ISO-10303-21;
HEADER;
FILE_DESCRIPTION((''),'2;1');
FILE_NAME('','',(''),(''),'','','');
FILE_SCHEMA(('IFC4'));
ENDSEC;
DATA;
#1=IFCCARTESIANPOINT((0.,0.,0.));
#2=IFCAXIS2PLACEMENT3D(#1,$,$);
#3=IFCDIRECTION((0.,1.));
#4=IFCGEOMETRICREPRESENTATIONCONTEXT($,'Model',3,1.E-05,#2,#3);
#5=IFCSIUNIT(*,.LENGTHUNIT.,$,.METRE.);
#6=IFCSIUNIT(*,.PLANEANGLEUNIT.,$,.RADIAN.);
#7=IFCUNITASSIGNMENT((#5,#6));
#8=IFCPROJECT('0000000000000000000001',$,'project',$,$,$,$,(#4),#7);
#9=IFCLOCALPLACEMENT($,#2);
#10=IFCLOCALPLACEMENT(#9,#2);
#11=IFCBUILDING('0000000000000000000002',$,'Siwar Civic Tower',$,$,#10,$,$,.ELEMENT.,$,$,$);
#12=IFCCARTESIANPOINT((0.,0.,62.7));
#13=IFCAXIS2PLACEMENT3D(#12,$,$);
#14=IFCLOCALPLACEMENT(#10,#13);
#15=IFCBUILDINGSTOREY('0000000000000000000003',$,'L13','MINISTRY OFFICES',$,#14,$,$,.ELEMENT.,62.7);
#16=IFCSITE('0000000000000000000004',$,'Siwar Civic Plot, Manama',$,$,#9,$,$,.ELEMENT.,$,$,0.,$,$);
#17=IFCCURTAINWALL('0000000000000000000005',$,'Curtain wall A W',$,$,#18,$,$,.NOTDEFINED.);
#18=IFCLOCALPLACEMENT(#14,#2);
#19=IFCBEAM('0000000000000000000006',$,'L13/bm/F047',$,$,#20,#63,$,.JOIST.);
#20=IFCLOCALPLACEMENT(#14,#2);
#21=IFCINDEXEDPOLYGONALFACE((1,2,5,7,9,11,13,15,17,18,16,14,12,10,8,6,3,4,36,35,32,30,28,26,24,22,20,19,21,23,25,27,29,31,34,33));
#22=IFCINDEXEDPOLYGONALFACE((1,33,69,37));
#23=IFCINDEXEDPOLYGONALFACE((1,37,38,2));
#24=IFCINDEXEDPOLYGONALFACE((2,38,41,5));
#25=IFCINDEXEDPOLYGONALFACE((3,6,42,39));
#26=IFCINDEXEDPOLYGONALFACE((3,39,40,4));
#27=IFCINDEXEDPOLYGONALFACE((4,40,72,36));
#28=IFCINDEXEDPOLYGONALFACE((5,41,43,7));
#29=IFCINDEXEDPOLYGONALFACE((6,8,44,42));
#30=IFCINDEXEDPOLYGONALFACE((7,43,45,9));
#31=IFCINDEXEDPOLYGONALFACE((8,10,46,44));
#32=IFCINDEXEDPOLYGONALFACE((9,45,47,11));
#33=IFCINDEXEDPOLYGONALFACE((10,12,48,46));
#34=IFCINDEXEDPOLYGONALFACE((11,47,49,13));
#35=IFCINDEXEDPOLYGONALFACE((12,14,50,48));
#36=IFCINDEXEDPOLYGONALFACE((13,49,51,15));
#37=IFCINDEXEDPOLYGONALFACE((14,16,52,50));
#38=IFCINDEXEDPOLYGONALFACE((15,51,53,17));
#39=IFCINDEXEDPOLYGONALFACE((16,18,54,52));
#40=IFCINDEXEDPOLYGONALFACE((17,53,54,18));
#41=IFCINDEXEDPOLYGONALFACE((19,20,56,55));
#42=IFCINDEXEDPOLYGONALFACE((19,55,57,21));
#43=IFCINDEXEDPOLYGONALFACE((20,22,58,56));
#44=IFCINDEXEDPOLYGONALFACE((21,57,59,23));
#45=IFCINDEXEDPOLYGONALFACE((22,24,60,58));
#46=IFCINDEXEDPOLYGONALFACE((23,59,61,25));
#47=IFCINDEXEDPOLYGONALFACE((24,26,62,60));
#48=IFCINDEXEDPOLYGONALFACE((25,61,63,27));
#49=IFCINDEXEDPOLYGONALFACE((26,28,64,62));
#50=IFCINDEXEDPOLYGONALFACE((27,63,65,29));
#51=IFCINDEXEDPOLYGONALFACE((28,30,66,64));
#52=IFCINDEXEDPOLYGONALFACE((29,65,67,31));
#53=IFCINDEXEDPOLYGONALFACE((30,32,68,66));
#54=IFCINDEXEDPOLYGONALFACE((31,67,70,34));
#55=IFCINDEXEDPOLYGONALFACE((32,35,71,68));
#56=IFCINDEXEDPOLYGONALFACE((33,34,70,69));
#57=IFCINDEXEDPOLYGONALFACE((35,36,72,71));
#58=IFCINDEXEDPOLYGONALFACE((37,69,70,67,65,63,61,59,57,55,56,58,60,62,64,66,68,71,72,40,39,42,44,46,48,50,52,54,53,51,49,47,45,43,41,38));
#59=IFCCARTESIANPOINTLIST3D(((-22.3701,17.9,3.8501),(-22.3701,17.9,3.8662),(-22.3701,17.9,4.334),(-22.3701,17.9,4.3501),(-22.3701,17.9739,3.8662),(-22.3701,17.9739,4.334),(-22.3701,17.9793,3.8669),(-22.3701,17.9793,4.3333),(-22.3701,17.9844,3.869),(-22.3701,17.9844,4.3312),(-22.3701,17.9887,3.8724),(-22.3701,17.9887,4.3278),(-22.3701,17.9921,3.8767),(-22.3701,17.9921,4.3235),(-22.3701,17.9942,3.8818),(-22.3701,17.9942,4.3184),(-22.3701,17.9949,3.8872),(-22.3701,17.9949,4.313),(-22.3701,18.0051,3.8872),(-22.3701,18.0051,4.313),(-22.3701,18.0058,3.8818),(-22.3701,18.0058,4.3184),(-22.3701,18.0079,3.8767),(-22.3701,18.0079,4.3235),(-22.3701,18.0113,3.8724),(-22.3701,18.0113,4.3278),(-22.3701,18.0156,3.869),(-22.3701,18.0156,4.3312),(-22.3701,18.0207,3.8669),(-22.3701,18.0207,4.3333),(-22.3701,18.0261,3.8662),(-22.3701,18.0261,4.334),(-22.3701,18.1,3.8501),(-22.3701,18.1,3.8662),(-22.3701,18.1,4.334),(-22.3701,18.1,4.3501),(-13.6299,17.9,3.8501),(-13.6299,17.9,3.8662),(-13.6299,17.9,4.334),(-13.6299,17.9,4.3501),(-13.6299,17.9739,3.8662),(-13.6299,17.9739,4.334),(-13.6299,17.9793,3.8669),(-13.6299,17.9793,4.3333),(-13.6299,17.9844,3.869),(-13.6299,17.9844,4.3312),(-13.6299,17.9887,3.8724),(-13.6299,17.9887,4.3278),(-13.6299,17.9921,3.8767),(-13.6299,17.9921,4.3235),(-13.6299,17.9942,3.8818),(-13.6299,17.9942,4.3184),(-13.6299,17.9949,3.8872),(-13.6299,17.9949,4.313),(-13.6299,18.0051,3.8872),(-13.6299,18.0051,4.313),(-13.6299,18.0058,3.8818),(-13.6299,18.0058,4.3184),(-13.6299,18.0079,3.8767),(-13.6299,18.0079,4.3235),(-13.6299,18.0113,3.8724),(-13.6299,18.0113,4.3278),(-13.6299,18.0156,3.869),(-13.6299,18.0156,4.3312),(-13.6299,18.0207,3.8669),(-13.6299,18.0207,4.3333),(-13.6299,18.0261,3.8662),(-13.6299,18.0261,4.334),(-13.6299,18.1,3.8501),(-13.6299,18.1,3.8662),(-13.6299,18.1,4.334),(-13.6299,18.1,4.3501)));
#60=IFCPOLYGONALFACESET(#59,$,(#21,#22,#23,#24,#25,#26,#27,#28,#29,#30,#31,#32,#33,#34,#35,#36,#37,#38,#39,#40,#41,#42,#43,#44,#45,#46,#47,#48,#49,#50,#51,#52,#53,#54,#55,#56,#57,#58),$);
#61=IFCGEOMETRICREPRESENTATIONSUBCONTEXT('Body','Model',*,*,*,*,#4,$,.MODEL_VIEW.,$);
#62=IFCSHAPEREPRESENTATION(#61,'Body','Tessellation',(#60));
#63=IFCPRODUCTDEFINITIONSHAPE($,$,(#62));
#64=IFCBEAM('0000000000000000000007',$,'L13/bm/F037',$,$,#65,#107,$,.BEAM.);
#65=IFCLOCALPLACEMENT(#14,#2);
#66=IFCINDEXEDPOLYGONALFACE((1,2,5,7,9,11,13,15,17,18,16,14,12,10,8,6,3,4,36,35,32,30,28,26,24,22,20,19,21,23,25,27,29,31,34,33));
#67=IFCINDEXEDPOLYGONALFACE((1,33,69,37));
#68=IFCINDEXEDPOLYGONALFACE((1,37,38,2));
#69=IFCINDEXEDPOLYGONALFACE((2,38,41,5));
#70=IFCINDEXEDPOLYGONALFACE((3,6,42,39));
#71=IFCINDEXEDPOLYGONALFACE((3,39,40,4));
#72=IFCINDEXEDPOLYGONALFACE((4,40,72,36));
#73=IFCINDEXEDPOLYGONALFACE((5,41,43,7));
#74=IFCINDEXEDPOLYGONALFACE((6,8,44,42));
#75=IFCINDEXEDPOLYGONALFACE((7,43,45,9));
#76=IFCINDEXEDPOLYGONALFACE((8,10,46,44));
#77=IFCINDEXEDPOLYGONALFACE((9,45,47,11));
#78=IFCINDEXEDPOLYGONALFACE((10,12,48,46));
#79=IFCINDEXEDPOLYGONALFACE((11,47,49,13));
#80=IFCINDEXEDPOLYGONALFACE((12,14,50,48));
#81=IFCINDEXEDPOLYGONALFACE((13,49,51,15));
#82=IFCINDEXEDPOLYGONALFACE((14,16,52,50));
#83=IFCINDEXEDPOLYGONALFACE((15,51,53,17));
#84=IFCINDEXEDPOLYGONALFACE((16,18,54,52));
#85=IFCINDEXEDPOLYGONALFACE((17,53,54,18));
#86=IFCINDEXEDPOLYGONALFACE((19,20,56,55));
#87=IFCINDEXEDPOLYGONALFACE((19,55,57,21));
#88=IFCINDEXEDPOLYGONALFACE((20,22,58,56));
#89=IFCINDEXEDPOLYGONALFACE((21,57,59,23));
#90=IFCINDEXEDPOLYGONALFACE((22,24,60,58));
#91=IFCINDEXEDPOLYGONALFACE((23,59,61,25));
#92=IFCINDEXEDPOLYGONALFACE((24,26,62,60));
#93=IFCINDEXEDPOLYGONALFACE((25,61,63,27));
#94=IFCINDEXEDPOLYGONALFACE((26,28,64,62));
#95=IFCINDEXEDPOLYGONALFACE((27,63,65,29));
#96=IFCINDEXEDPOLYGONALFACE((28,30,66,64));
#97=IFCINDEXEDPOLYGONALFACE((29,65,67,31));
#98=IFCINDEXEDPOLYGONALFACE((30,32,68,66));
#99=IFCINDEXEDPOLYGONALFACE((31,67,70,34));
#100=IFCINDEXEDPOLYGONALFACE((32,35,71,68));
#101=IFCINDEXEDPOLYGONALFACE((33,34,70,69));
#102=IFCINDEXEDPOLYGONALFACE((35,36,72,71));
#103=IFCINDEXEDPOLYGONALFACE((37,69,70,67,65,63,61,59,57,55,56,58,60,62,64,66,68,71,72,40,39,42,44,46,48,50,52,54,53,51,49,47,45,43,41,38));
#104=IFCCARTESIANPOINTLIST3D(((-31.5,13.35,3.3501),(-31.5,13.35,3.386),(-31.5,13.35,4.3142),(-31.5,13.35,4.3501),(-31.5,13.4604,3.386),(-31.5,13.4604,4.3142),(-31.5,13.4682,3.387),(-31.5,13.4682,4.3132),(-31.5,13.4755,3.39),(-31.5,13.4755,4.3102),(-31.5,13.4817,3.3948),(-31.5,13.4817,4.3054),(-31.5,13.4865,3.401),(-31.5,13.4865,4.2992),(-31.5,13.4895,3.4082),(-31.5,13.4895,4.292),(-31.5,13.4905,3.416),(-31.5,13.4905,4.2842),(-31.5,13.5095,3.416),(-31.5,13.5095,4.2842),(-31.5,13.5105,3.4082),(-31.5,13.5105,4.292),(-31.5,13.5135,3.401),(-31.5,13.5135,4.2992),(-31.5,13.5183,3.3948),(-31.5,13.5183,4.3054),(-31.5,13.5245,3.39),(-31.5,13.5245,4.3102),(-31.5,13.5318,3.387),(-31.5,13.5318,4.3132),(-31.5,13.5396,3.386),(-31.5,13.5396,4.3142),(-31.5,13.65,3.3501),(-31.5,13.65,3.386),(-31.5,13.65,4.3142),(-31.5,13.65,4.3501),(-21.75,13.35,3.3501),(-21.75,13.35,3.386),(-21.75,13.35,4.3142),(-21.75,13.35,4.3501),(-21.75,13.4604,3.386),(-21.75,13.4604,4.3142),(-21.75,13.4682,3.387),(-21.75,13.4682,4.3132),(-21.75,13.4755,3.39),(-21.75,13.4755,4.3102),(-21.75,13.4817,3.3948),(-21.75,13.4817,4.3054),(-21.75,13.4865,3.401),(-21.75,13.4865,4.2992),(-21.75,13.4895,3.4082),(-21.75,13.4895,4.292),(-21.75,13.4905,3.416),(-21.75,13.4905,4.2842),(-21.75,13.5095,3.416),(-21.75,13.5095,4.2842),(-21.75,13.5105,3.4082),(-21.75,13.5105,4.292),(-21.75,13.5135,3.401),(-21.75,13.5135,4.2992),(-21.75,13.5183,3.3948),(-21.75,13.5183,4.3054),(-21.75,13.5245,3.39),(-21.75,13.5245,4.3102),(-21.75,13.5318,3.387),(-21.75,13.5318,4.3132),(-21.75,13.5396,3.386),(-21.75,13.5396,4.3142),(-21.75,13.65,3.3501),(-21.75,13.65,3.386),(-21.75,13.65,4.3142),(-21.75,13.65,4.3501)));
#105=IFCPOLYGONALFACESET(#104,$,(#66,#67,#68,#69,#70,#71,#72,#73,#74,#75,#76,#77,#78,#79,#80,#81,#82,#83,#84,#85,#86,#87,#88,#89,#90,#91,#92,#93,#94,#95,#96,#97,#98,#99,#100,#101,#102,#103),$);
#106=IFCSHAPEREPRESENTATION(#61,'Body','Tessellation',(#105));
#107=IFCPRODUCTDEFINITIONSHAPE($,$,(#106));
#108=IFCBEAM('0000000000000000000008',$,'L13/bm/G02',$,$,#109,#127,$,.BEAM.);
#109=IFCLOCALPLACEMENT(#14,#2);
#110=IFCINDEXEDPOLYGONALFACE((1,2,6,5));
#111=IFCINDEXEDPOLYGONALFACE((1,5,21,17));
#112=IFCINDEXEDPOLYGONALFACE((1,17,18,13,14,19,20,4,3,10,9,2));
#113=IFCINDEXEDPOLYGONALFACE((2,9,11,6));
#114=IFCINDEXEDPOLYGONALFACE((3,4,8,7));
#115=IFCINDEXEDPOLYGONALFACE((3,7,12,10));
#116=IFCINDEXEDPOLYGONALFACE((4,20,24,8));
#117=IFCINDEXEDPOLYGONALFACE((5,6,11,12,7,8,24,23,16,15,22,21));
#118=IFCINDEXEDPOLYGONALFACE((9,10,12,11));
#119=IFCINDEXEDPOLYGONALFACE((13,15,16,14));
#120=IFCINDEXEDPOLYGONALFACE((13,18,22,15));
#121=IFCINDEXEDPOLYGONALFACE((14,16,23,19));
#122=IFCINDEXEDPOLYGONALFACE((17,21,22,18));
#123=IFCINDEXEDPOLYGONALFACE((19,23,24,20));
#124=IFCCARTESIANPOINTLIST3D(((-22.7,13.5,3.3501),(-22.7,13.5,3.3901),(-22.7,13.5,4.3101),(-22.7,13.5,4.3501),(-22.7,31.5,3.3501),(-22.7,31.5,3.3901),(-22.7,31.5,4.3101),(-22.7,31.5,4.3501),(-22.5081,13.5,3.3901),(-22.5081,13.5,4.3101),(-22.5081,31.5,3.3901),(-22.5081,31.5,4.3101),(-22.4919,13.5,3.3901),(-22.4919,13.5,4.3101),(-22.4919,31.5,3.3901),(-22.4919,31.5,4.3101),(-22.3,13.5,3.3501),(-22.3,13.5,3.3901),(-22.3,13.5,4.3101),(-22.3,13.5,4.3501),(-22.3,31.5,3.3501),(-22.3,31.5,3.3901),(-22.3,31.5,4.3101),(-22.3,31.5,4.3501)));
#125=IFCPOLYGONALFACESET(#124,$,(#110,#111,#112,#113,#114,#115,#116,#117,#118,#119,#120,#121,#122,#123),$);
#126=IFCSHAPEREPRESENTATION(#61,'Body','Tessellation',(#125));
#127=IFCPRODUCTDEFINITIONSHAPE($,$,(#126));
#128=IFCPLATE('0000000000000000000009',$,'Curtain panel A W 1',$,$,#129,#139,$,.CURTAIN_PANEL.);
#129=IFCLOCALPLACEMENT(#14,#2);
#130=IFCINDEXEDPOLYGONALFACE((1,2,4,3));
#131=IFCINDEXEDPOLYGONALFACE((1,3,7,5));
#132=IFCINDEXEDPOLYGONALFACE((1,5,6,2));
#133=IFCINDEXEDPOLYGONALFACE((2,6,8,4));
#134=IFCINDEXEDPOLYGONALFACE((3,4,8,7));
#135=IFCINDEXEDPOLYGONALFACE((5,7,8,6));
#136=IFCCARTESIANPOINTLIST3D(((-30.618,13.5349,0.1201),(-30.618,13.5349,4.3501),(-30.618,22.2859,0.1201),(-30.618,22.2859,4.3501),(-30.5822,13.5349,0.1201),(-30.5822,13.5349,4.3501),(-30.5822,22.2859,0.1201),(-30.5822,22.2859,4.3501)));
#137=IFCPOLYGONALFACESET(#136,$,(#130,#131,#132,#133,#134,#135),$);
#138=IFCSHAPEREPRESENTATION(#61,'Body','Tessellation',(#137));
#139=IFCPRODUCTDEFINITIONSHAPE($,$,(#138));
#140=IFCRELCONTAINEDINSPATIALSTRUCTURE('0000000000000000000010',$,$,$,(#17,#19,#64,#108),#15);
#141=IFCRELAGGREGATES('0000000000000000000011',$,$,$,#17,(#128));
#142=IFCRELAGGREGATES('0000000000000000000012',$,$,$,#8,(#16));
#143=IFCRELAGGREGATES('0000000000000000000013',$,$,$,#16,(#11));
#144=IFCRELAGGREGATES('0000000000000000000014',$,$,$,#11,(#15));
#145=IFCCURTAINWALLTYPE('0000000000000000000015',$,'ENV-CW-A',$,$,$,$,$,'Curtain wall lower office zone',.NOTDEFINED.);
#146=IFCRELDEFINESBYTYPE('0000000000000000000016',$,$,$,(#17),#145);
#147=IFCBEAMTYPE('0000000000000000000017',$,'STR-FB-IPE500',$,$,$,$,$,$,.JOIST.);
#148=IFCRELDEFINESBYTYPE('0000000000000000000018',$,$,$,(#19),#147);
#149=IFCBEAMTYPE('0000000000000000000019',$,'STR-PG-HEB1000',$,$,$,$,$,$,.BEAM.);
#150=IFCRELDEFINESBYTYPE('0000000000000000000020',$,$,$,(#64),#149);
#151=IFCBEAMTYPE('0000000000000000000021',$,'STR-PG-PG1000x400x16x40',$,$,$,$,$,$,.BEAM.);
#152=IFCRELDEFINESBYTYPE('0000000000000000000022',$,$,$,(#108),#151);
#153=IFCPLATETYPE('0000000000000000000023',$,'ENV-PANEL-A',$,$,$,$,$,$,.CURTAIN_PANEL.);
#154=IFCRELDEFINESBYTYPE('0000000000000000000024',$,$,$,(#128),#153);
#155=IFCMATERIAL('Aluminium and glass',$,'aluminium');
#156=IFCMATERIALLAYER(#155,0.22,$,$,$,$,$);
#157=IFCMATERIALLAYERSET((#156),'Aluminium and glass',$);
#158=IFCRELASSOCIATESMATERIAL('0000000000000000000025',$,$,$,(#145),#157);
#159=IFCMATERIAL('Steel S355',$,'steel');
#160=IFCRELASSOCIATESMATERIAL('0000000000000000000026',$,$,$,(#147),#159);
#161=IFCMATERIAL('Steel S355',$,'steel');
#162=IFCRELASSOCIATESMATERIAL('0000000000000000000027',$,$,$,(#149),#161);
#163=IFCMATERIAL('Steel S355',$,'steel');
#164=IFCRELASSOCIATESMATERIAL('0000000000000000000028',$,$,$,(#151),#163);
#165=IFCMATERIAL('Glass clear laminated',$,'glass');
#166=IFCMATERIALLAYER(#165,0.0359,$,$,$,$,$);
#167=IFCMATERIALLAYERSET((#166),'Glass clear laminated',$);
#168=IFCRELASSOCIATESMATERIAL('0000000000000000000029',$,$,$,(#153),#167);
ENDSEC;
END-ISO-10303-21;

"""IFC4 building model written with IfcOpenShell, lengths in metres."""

from ifc_helpers import new_model, si_unit, direction, frame, origin, origin_2d, place, context, subcontext, project, spatial, rectangle, i_section, extrude, material, layer, layer_set, material_profile, profile_set, type_object, element, aggregate, save


model = new_model("IFC4")

# Units and contexts
model_context = context("Model", 3, precision=1e-05, world=origin(), true_north=direction((0.0, 1.0)))
body_context = subcontext(model_context, "Body", "Model", "MODEL_VIEW")
ifc_project = project(units=[si_unit("LENGTHUNIT", "METRE"), si_unit("PLANEANGLEUNIT", "RADIAN")], contexts=[model_context])

# Site, building, storey
site_placement = place(None, origin())
site = spatial("IfcSite", under=ifc_project, at=site_placement, Name="Siwar Civic Plot, Manama", CompositionType="ELEMENT", RefElevation=0.0)
building_placement = place(site_placement, origin())
building = spatial("IfcBuilding", under=site, at=building_placement, Name="Siwar Civic Tower", CompositionType="ELEMENT")
storey_placement = place(building_placement, frame((0.0, 0.0, 62.7)))
storey = spatial("IfcBuildingStorey", under=building, at=storey_placement, Name="L13", Description="MINISTRY OFFICES", CompositionType="ELEMENT", Elevation=62.7)

# Curtain wall
ifc_material_1 = material(Name="Aluminium and glass", Category="aluminium")
ifc_layer_1 = layer(ifc_material_1, 0.22)
ifc_layer_set_1 = layer_set([ifc_layer_1], Name="Aluminium and glass")
curtain_wall_type = type_object("IfcCurtainWallType", Name="ENV-CW-A", ElementType="Curtain wall lower office zone", PredefinedType="NOTDEFINED", material=ifc_layer_set_1)
curtain_wall_placement = place(storey_placement, origin())
curtain_wall = element("IfcCurtainWall", 1, at=curtain_wall_placement, inside=storey, type_object=curtain_wall_type, Name="Curtain wall A W", PredefinedType="NOTDEFINED")

# Beams
ifc_material_2 = material(Name="Steel S355", Category="steel")
ifc_material_profile_1 = material_profile(ifc_material_2, i_section(OverallWidth=0.2, OverallDepth=0.5, WebThickness=0.0103, FlangeThickness=0.0161, FilletRadius=0.021, at=origin_2d()), Name="IPE500")
ifc_profile_set_1 = profile_set([ifc_material_profile_1], Name="Steel S355")
beam_type_1 = type_object("IfcBeamType", Name="STR-FB-IPE500", PredefinedType="JOIST", material=ifc_profile_set_1)
beam_1_placement = place(storey_placement, frame((-22.3701, 18.0, 4.1001), z_axis=(1.0, 0.0, 0.0), x_axis=(0.0, 1.0, 0.0)))
element("IfcBeam", 2, at=beam_1_placement, inside=storey, type_object=beam_type_1, Name="L13/bm/F047", PredefinedType="JOIST", context=body_context, shape_type="SweptSolid", body=[
    extrude(i_section(OverallWidth=0.2, OverallDepth=0.5, WebThickness=0.0103, FlangeThickness=0.0161, FilletRadius=0.021, at=origin_2d()), origin(), (0.0, 0.0, 1.0), 8.7402),
])
ifc_material_3 = material(Name="Steel S355", Category="steel")
ifc_material_profile_2 = material_profile(ifc_material_3, i_section(OverallWidth=0.3, OverallDepth=1.0, WebThickness=0.019, FlangeThickness=0.0359, FilletRadius=0.03, at=origin_2d()), Name="HEB1000")
ifc_profile_set_2 = profile_set([ifc_material_profile_2], Name="Steel S355")
beam_type_2 = type_object("IfcBeamType", Name="STR-PG-HEB1000", PredefinedType="BEAM", material=ifc_profile_set_2)
beam_2_placement = place(storey_placement, frame((-31.5, 13.5, 3.8501), z_axis=(1.0, 0.0, 0.0), x_axis=(0.0, 1.0, 0.0)))
element("IfcBeam", 3, at=beam_2_placement, inside=storey, type_object=beam_type_2, Name="L13/bm/F037", PredefinedType="BEAM", context=body_context, shape_type="SweptSolid", body=[
    extrude(i_section(OverallWidth=0.3, OverallDepth=1.0, WebThickness=0.019, FlangeThickness=0.0359, FilletRadius=0.03, at=origin_2d()), origin(), (0.0, 0.0, 1.0), 9.75),
])
ifc_material_4 = material(Name="Steel S355", Category="steel")
ifc_material_profile_3 = material_profile(ifc_material_4, i_section(OverallWidth=0.3999, OverallDepth=1.0, WebThickness=0.0161, FlangeThickness=0.04, at=origin_2d()), Name="PG1000x400x16x40")
ifc_profile_set_3 = profile_set([ifc_material_profile_3], Name="Steel S355")
beam_type_3 = type_object("IfcBeamType", Name="STR-PG-PG1000x400x16x40", PredefinedType="BEAM", material=ifc_profile_set_3)
beam_3_placement = place(storey_placement, frame((-22.5, 13.5, 3.8501), z_axis=(0.0, 1.0, 0.0), x_axis=(-1.0, 0.0, 0.0)))
element("IfcBeam", 4, at=beam_3_placement, inside=storey, type_object=beam_type_3, Name="L13/bm/G02", PredefinedType="BEAM", context=body_context, shape_type="SweptSolid", body=[
    extrude(i_section(OverallWidth=0.3999, OverallDepth=1.0, WebThickness=0.0161, FlangeThickness=0.04, at=origin_2d()), origin(), (0.0, 0.0, 1.0), 18.0),
])

# Plate
ifc_material_5 = material(Name="Glass clear laminated", Category="glass")
ifc_layer_2 = layer(ifc_material_5, 0.0359)
ifc_layer_set_2 = layer_set([ifc_layer_2], Name="Glass clear laminated")
plate_type = type_object("IfcPlateType", Name="ENV-PANEL-A", PredefinedType="CURTAIN_PANEL", material=ifc_layer_set_2)
plate_placement = place(storey_placement, frame((-30.6001, 17.9104, 0.1201), z_axis=(0.0, 0.0, 1.0), x_axis=(0.0, -1.0, 0.0)))
plate = element("IfcPlate", 5, at=plate_placement, type_object=plate_type, Name="Curtain panel A W 1", PredefinedType="CURTAIN_PANEL", context=body_context, shape_type="SweptSolid", body=[
    extrude(rectangle(XDim=8.751, YDim=0.0359, at=origin_2d()), origin(), (0.0, 0.0, 1.0), 4.23),
])
aggregate(curtain_wall, [plate])

save(model, "model.ifc")
